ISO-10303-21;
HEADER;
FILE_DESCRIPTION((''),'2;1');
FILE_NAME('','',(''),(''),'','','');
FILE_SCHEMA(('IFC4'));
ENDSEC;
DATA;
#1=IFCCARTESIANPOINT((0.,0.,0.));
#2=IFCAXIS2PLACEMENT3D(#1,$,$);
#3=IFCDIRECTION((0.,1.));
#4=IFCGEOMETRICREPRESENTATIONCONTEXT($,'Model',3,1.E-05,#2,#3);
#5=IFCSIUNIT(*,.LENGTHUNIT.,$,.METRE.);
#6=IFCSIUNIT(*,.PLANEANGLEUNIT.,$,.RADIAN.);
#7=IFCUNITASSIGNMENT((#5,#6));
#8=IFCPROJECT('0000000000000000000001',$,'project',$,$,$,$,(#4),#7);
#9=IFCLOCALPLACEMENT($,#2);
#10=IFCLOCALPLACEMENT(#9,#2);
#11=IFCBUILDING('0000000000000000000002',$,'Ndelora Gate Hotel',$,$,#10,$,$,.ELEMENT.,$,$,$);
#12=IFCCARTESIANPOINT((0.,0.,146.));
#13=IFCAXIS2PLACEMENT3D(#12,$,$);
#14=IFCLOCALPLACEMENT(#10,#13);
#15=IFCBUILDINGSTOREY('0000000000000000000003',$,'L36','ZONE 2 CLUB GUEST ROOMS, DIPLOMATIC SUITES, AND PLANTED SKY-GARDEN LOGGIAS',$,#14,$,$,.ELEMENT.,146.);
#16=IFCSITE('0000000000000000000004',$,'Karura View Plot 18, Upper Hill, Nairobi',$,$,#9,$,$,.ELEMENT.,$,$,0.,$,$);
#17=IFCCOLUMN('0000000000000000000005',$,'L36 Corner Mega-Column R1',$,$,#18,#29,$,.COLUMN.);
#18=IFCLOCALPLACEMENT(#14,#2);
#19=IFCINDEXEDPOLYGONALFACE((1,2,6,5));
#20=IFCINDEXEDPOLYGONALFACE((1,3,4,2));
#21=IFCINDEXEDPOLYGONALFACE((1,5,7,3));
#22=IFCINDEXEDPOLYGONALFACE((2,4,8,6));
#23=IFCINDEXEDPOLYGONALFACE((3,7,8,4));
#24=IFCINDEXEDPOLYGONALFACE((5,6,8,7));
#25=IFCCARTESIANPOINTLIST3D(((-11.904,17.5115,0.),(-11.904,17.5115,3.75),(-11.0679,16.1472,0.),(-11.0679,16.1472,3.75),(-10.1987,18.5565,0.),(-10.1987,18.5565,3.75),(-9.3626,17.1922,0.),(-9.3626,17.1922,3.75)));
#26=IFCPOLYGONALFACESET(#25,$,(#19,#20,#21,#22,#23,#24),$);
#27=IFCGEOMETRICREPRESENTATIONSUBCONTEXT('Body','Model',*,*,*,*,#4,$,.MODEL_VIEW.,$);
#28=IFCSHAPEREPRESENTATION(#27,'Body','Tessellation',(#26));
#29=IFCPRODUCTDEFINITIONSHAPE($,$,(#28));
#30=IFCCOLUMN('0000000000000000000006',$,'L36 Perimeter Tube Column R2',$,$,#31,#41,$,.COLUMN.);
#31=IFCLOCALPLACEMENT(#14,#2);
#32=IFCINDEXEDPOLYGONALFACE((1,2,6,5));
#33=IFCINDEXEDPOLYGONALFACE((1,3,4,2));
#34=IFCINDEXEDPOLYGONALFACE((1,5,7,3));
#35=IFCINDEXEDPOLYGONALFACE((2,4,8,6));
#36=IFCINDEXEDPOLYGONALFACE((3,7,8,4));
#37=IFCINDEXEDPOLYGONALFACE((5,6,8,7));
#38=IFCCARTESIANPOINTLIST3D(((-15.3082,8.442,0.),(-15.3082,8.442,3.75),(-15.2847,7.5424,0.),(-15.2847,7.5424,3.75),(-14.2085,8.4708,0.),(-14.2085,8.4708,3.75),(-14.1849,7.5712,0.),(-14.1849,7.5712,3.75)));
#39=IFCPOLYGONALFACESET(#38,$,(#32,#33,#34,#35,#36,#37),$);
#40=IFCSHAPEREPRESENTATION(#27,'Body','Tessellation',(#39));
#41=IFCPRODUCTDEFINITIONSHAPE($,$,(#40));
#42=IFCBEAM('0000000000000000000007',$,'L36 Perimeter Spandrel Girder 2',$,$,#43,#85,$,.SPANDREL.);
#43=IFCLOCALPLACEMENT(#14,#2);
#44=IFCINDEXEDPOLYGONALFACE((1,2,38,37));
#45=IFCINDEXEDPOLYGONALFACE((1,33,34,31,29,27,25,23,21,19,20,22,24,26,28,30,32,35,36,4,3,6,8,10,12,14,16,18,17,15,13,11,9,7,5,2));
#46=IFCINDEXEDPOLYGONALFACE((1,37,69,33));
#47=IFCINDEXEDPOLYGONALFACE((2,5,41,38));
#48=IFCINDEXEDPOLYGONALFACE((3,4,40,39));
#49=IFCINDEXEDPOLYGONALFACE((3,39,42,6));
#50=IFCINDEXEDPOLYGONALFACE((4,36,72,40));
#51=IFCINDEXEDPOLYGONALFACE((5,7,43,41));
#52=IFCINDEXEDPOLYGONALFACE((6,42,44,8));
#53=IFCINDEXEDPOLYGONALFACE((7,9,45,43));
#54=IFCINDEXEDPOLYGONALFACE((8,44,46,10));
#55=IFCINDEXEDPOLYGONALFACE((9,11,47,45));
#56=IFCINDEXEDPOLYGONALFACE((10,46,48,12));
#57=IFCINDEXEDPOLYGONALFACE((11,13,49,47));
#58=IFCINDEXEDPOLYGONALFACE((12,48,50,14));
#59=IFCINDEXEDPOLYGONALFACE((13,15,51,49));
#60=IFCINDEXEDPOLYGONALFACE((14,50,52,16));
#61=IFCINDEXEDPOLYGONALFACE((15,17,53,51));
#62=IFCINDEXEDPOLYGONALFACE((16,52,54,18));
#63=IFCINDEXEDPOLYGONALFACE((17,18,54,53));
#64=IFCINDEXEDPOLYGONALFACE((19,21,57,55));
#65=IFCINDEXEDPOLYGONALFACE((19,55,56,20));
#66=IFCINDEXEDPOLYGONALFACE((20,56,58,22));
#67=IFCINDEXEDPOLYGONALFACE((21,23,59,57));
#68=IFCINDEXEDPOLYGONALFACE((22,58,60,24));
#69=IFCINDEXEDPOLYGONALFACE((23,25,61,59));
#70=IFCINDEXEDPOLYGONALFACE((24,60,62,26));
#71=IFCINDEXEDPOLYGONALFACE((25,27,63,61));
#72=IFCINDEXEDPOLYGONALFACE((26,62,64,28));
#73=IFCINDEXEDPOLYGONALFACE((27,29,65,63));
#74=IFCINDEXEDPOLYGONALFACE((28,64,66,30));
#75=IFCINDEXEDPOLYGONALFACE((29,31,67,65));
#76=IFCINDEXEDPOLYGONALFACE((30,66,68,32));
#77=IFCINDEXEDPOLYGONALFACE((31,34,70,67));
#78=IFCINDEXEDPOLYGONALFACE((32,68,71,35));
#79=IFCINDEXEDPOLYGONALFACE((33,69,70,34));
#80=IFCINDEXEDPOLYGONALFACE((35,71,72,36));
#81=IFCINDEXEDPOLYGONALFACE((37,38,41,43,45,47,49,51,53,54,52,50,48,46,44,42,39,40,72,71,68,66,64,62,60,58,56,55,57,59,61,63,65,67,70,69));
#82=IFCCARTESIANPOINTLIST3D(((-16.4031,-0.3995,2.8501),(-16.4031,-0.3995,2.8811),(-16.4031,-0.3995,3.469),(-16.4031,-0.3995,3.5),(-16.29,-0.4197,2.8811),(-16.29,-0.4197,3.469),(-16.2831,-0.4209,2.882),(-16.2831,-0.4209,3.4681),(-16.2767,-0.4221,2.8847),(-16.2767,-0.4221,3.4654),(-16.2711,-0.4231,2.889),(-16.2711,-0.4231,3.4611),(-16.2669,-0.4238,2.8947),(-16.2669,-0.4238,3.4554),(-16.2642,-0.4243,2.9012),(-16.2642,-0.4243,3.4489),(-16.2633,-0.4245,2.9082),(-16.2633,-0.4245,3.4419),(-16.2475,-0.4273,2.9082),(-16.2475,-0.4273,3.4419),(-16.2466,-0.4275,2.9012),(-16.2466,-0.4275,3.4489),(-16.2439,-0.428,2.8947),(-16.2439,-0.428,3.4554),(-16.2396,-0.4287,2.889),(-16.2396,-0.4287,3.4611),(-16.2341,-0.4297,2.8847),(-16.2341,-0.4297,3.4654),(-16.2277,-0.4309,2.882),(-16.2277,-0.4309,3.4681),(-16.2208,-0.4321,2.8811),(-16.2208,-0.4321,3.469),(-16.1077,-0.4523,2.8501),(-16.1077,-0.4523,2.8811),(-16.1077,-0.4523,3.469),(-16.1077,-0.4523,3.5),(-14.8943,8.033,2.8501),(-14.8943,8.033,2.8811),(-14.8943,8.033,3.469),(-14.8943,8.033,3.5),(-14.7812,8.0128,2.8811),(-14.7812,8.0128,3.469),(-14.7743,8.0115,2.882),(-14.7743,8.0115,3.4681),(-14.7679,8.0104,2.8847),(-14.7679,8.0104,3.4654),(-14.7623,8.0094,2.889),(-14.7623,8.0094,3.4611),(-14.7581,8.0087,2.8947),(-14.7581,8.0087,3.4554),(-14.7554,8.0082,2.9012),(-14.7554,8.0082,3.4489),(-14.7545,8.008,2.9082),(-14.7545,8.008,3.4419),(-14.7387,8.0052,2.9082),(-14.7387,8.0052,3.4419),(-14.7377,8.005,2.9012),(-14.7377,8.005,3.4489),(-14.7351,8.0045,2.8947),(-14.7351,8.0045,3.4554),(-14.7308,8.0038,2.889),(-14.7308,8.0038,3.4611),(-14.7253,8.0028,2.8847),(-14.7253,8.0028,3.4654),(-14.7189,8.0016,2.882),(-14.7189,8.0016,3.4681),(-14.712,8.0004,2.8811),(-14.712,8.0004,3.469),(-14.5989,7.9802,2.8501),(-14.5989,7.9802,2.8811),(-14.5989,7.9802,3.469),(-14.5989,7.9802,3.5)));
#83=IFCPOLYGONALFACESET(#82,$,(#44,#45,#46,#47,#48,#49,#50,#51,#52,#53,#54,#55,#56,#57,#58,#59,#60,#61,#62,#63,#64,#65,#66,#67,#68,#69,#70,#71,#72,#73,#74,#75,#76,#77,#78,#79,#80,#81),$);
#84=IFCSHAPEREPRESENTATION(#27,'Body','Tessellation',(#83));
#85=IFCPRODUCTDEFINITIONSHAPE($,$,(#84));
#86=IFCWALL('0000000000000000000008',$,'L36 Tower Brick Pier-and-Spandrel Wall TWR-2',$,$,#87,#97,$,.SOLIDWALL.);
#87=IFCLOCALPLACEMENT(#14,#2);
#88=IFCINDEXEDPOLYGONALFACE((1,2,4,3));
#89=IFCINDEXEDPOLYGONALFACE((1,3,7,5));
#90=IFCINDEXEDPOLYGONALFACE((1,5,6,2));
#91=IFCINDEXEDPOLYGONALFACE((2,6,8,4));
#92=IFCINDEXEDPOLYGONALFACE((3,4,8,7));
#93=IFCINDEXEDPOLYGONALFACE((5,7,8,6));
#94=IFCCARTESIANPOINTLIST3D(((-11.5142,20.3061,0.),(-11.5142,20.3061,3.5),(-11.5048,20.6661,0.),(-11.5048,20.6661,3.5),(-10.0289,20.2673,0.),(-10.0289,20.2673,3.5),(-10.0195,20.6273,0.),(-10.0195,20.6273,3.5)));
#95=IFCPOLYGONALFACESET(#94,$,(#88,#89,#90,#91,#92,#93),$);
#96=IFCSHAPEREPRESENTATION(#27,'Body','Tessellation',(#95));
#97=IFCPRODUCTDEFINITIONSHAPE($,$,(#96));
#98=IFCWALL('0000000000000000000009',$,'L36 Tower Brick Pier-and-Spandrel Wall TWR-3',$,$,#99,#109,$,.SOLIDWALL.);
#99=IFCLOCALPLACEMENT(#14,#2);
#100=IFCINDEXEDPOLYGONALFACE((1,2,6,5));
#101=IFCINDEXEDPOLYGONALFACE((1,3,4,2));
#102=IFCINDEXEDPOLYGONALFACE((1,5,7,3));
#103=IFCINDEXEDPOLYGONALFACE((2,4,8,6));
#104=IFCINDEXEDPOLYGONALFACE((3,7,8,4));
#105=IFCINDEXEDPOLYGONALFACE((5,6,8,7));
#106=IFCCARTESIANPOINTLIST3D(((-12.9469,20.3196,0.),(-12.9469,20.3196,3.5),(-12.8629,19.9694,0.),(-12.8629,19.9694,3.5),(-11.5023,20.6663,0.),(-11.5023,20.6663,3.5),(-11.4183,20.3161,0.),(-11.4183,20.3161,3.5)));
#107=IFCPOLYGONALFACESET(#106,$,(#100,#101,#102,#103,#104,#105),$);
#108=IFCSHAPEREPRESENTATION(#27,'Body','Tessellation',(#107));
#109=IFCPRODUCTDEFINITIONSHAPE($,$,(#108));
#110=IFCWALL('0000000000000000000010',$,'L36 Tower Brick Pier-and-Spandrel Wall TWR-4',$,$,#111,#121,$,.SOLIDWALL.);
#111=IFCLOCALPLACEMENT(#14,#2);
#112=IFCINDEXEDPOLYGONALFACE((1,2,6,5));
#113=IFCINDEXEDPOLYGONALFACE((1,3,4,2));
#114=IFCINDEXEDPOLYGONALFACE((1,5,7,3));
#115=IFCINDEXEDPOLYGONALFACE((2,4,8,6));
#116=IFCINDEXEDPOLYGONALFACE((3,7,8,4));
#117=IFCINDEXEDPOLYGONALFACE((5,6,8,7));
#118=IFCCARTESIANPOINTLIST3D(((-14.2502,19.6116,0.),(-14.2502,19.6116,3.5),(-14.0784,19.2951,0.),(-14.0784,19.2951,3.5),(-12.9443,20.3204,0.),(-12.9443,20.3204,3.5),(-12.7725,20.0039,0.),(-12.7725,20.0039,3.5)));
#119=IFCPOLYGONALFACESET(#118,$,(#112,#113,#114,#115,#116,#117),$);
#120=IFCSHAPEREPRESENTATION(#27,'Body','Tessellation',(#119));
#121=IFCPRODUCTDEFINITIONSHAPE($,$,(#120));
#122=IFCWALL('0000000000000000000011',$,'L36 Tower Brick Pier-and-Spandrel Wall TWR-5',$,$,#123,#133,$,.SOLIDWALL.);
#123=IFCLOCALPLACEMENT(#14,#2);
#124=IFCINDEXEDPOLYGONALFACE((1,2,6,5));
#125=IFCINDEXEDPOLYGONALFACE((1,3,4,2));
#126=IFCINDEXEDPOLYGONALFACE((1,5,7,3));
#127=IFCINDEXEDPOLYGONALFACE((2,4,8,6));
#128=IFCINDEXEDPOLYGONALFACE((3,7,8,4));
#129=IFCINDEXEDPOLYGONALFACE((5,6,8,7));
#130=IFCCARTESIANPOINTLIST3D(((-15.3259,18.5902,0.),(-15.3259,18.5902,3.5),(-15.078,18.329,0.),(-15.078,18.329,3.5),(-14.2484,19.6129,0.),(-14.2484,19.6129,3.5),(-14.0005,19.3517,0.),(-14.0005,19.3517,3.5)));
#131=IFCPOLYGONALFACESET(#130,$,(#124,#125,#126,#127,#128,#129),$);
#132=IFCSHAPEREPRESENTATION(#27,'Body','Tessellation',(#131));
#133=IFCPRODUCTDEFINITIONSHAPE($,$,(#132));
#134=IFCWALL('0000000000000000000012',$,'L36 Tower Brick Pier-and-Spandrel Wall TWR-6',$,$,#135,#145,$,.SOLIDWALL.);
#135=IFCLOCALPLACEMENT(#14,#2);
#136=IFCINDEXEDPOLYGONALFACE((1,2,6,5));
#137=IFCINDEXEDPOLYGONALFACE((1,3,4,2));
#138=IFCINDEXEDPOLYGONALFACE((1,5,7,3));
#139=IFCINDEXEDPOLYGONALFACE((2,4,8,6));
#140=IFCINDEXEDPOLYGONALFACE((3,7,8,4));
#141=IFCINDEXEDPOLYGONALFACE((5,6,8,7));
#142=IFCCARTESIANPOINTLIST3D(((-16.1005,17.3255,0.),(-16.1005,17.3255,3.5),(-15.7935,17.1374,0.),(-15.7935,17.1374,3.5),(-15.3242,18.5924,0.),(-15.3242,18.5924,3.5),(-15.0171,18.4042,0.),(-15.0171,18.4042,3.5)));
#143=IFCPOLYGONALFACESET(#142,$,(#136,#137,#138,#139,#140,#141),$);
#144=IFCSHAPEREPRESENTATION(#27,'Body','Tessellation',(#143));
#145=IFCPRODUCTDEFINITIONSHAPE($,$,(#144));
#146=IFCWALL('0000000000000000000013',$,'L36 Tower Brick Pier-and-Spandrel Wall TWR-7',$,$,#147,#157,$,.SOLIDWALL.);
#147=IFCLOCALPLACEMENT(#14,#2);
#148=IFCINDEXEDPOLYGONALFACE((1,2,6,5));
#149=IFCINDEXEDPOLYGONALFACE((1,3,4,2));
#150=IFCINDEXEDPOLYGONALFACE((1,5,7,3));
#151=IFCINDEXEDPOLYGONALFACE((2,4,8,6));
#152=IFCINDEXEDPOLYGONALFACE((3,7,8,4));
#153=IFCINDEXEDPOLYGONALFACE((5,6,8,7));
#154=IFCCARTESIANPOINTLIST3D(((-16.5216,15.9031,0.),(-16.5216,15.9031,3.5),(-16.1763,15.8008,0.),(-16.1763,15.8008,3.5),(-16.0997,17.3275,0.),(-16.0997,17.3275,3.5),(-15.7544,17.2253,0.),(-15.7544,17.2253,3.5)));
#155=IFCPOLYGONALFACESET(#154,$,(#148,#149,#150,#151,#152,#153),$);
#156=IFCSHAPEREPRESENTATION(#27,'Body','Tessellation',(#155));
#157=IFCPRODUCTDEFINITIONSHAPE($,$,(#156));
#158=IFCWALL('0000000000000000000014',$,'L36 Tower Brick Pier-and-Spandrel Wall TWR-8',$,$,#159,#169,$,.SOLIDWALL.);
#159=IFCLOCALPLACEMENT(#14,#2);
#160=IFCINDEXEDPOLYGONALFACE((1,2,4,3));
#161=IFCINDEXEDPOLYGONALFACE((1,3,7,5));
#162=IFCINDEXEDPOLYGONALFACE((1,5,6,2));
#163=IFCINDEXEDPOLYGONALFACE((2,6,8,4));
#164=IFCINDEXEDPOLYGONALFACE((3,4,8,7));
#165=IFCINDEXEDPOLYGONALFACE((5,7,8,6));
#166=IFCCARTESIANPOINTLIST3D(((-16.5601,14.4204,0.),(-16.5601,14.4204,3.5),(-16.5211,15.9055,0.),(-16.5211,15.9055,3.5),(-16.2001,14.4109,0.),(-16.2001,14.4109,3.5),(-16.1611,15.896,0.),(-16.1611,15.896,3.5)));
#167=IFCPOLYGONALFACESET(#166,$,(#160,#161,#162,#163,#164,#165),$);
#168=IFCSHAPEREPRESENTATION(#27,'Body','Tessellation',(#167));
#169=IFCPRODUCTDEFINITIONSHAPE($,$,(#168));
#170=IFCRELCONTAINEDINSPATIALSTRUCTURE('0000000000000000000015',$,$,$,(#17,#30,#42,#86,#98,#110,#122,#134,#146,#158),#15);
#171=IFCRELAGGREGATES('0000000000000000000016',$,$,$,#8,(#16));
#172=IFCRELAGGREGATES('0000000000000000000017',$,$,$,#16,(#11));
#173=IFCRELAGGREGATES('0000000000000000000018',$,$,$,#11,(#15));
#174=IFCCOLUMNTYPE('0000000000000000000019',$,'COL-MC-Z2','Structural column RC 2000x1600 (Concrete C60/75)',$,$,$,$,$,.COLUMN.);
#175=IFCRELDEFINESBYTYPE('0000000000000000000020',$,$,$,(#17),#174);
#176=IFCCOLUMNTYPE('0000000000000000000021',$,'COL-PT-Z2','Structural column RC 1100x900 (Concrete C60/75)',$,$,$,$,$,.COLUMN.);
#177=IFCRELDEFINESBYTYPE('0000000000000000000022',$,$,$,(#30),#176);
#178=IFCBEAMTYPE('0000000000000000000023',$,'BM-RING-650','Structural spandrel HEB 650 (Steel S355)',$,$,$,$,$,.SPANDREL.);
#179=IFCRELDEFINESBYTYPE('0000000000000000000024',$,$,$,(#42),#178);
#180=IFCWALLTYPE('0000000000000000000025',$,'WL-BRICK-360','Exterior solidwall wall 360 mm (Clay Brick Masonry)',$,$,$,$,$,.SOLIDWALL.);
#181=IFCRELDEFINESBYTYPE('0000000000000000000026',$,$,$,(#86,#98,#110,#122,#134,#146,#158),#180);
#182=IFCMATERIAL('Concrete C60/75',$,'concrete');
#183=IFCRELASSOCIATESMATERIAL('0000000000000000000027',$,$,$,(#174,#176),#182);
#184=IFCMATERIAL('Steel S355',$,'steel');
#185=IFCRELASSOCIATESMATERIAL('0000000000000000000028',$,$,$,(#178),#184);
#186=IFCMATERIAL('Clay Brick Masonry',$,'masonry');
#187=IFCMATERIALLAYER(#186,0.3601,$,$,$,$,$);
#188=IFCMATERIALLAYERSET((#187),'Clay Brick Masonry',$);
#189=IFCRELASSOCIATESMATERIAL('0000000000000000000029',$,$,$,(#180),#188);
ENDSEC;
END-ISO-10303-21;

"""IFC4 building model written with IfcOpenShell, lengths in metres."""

from ifc_helpers import new_model, si_unit, direction, frame, frame_2d, origin, origin_2d, place, context, subcontext, project, spatial, rectangle, i_section, extrude, material, layer, layer_set, material_profile, profile_set, type_object, element, save


model = new_model("IFC4")

# Units and contexts
model_context = context("Model", 3, precision=1e-05, world=origin(), true_north=direction((0.0, 1.0)))
body_context = subcontext(model_context, "Body", "Model", "MODEL_VIEW")
ifc_project = project(units=[si_unit("LENGTHUNIT", "METRE"), si_unit("PLANEANGLEUNIT", "RADIAN")], contexts=[model_context])

# Site, building, storey
site_placement = place(None, origin())
site = spatial("IfcSite", under=ifc_project, at=site_placement, Name="Karura View Plot 18, Upper Hill, Nairobi", CompositionType="ELEMENT", RefElevation=0.0)
building_placement = place(site_placement, origin())
building = spatial("IfcBuilding", under=site, at=building_placement, Name="Ndelora Gate Hotel", CompositionType="ELEMENT")
storey_placement = place(building_placement, frame((0.0, 0.0, 146.0)))
storey = spatial("IfcBuildingStorey", under=building, at=storey_placement, Name="L36", Description="ZONE 2 CLUB GUEST ROOMS, DIPLOMATIC SUITES, AND PLANTED SKY-GARDEN LOGGIAS", CompositionType="ELEMENT", Elevation=146.0)

# Columns
ifc_material_1 = material(Name="Concrete C60/75", Category="concrete")
ifc_material_profile_1 = material_profile(ifc_material_1, rectangle(XDim=1.6001, YDim=2.0, at=origin_2d()), Name="RC 2000x1600")
ifc_profile_set_1 = profile_set([ifc_material_profile_1], Name="Concrete C60/75")
column_type_1 = type_object("IfcColumnType", Name="COL-MC-Z2", Description="Structural column RC 2000x1600 (Concrete C60/75)", PredefinedType="COLUMN", material=ifc_profile_set_1)
column_1_placement = place(storey_placement, frame((-10.6333, 17.3518, 0.0), z_axis=(0.0, 0.0, 1.0), x_axis=(-0.522499, 0.85264, 0.0)))
element("IfcColumn", 1, at=column_1_placement, inside=storey, type_object=column_type_1, Name="L36 Corner Mega-Column R1", PredefinedType="COLUMN", context=body_context, shape_type="SweptSolid", body=[
    extrude(rectangle(XDim=1.6001, YDim=2.0, at=origin_2d()), origin(), (0.0, 0.0, 1.0), 3.75),
])
ifc_material_profile_2 = material_profile(ifc_material_1, rectangle(XDim=0.8999, YDim=1.1001, at=origin_2d()), Name="RC 1100x900")
ifc_profile_set_2 = profile_set([ifc_material_profile_2], Name="Concrete C60/75")
column_type_2 = type_object("IfcColumnType", Name="COL-PT-Z2", Description="Structural column RC 1100x900 (Concrete C60/75)", PredefinedType="COLUMN", material=ifc_profile_set_2)
column_2_placement = place(storey_placement, frame((-14.7466, 8.0066, 0.0), z_axis=(0.0, 0.0, 1.0), x_axis=(-0.026177, 0.999657, 0.0)))
element("IfcColumn", 2, at=column_2_placement, inside=storey, type_object=column_type_2, Name="L36 Perimeter Tube Column R2", PredefinedType="COLUMN", context=body_context, shape_type="SweptSolid", body=[
    extrude(rectangle(XDim=0.8999, YDim=1.1001, at=origin_2d()), origin(), (0.0, 0.0, 1.0), 3.75),
])

# Beam
ifc_material_2 = material(Name="Steel S355", Category="steel")
ifc_material_profile_3 = material_profile(ifc_material_2, i_section(OverallWidth=0.3, OverallDepth=0.6499, WebThickness=0.0161, FlangeThickness=0.031, FilletRadius=0.0271, at=origin_2d()), Name="HEB 650")
ifc_profile_set_3 = profile_set([ifc_material_profile_3], Name="Steel S355")
beam_type = type_object("IfcBeamType", Name="BM-RING-650", Description="Structural spandrel HEB 650 (Steel S355)", PredefinedType="SPANDREL", material=ifc_profile_set_3)
beam_placement = place(storey_placement, frame((-14.7466, 8.0066, 3.175), z_axis=(-0.176131, -0.984367, 0.0), x_axis=(0.984367, -0.176131, 0.0)))
element("IfcBeam", 3, at=beam_placement, inside=storey, type_object=beam_type, Name="L36 Perimeter Spandrel Girder 2", PredefinedType="SPANDREL", context=body_context, shape_type="SweptSolid", body=[
    extrude(i_section(OverallWidth=0.3, OverallDepth=0.6499, WebThickness=0.0161, FlangeThickness=0.031, FilletRadius=0.0271, at=origin_2d()), origin(), (0.0, 0.0, 1.0), 8.5664),
])

# Walls
ifc_material_3 = material(Name="Clay Brick Masonry", Category="masonry")
ifc_layer_1 = layer(ifc_material_3, 0.3601)
ifc_layer_set_1 = layer_set([ifc_layer_1], Name="Clay Brick Masonry")
wall_type_1 = type_object("IfcWallType", Name="WL-BRICK-360", Description="Exterior solidwall wall 360 mm (Clay Brick Masonry)", PredefinedType="SOLIDWALL", material=ifc_layer_set_1)
wall_1_placement = place(storey_placement, frame((-11.5095, 20.4861, 0.0), z_axis=(0.0, 0.0, 1.0), x_axis=(0.999659, -0.026125, 0.0)))
element("IfcWall", 4, at=wall_1_placement, inside=storey, type_object=wall_type_1, Name="L36 Tower Brick Pier-and-Spandrel Wall TWR-2", PredefinedType="SOLIDWALL", context=body_context, shape_type="SweptSolid", body=[
    extrude(rectangle(XDim=1.4858, YDim=0.3601, at=frame_2d((0.7429, 0.0))), origin(), (0.0, 0.0, 1.0), 3.5),
])
wall_2_placement = place(storey_placement, frame((-12.9048, 20.1445, 0.0), z_axis=(0.0, 0.0, 1.0), x_axis=(0.97239, 0.233361, 0.0)))
element("IfcWall", 5, at=wall_2_placement, inside=storey, type_object=wall_type_1, Name="L36 Tower Brick Pier-and-Spandrel Wall TWR-3", PredefinedType="SOLIDWALL", context=body_context, shape_type="SweptSolid", body=[
    extrude(rectangle(XDim=1.4856, YDim=0.3601, at=frame_2d((0.7427, 0.0))), origin(), (0.0, 0.0, 1.0), 3.5),
])
wall_3_placement = place(storey_placement, frame((-14.1643, 19.4534, 0.0), z_axis=(0.0, 0.0, 1.0), x_axis=(0.878905, 0.476998, 0.0)))
element("IfcWall", 6, at=wall_3_placement, inside=storey, type_object=wall_type_1, Name="L36 Tower Brick Pier-and-Spandrel Wall TWR-4", PredefinedType="SOLIDWALL", context=body_context, shape_type="SweptSolid", body=[
    extrude(rectangle(XDim=1.4858, YDim=0.3601, at=frame_2d((0.7429, 0.0))), origin(), (0.0, 0.0, 1.0), 3.5),
])
wall_4_placement = place(storey_placement, frame((-15.2019, 18.4597, 0.0), z_axis=(0.0, 0.0, 1.0), x_axis=(0.725352, 0.688378, 0.0)))
element("IfcWall", 7, at=wall_4_placement, inside=storey, type_object=wall_type_1, Name="L36 Tower Brick Pier-and-Spandrel Wall TWR-5", PredefinedType="SOLIDWALL", context=body_context, shape_type="SweptSolid", body=[
    extrude(rectangle(XDim=1.4856, YDim=0.3601, at=frame_2d((0.7427, 0.0))), origin(), (0.0, 0.0, 1.0), 3.5),
])
wall_5_placement = place(storey_placement, frame((-15.947, 17.2314, 0.0), z_axis=(0.0, 0.0, 1.0), x_axis=(0.52252, 0.852627, 0.0)))
element("IfcWall", 8, at=wall_5_placement, inside=storey, type_object=wall_type_1, Name="L36 Tower Brick Pier-and-Spandrel Wall TWR-6", PredefinedType="SOLIDWALL", context=body_context, shape_type="SweptSolid", body=[
    extrude(rectangle(XDim=1.4858, YDim=0.3601, at=frame_2d((0.7429, 0.0))), origin(), (0.0, 0.0, 1.0), 3.5),
])
for number, where, z_axis, x_axis, name in (
    (9, (-16.3489, 15.8521, 0.0), (0.0, 0.0, 1.0), (0.283954, 0.958838, 0.0), "L36 Tower Brick Pier-and-Spandrel Wall TWR-7"),
    (10, (-16.3801, 14.4158, 0.0), (0.0, 0.0, 1.0), (0.026294, 0.999654, 0.0), "L36 Tower Brick Pier-and-Spandrel Wall TWR-8"),
):
    element("IfcWall", number, at=place(storey_placement, frame(where, z_axis=z_axis, x_axis=x_axis)), inside=storey, type_object=wall_type_1, Name=name, PredefinedType="SOLIDWALL", context=body_context, shape_type="SweptSolid", body=[
        extrude(rectangle(XDim=1.4856, YDim=0.3601, at=frame_2d((0.7427, 0.0))), origin(), (0.0, 0.0, 1.0), 3.5),
    ])

save(model, "model.ifc")
